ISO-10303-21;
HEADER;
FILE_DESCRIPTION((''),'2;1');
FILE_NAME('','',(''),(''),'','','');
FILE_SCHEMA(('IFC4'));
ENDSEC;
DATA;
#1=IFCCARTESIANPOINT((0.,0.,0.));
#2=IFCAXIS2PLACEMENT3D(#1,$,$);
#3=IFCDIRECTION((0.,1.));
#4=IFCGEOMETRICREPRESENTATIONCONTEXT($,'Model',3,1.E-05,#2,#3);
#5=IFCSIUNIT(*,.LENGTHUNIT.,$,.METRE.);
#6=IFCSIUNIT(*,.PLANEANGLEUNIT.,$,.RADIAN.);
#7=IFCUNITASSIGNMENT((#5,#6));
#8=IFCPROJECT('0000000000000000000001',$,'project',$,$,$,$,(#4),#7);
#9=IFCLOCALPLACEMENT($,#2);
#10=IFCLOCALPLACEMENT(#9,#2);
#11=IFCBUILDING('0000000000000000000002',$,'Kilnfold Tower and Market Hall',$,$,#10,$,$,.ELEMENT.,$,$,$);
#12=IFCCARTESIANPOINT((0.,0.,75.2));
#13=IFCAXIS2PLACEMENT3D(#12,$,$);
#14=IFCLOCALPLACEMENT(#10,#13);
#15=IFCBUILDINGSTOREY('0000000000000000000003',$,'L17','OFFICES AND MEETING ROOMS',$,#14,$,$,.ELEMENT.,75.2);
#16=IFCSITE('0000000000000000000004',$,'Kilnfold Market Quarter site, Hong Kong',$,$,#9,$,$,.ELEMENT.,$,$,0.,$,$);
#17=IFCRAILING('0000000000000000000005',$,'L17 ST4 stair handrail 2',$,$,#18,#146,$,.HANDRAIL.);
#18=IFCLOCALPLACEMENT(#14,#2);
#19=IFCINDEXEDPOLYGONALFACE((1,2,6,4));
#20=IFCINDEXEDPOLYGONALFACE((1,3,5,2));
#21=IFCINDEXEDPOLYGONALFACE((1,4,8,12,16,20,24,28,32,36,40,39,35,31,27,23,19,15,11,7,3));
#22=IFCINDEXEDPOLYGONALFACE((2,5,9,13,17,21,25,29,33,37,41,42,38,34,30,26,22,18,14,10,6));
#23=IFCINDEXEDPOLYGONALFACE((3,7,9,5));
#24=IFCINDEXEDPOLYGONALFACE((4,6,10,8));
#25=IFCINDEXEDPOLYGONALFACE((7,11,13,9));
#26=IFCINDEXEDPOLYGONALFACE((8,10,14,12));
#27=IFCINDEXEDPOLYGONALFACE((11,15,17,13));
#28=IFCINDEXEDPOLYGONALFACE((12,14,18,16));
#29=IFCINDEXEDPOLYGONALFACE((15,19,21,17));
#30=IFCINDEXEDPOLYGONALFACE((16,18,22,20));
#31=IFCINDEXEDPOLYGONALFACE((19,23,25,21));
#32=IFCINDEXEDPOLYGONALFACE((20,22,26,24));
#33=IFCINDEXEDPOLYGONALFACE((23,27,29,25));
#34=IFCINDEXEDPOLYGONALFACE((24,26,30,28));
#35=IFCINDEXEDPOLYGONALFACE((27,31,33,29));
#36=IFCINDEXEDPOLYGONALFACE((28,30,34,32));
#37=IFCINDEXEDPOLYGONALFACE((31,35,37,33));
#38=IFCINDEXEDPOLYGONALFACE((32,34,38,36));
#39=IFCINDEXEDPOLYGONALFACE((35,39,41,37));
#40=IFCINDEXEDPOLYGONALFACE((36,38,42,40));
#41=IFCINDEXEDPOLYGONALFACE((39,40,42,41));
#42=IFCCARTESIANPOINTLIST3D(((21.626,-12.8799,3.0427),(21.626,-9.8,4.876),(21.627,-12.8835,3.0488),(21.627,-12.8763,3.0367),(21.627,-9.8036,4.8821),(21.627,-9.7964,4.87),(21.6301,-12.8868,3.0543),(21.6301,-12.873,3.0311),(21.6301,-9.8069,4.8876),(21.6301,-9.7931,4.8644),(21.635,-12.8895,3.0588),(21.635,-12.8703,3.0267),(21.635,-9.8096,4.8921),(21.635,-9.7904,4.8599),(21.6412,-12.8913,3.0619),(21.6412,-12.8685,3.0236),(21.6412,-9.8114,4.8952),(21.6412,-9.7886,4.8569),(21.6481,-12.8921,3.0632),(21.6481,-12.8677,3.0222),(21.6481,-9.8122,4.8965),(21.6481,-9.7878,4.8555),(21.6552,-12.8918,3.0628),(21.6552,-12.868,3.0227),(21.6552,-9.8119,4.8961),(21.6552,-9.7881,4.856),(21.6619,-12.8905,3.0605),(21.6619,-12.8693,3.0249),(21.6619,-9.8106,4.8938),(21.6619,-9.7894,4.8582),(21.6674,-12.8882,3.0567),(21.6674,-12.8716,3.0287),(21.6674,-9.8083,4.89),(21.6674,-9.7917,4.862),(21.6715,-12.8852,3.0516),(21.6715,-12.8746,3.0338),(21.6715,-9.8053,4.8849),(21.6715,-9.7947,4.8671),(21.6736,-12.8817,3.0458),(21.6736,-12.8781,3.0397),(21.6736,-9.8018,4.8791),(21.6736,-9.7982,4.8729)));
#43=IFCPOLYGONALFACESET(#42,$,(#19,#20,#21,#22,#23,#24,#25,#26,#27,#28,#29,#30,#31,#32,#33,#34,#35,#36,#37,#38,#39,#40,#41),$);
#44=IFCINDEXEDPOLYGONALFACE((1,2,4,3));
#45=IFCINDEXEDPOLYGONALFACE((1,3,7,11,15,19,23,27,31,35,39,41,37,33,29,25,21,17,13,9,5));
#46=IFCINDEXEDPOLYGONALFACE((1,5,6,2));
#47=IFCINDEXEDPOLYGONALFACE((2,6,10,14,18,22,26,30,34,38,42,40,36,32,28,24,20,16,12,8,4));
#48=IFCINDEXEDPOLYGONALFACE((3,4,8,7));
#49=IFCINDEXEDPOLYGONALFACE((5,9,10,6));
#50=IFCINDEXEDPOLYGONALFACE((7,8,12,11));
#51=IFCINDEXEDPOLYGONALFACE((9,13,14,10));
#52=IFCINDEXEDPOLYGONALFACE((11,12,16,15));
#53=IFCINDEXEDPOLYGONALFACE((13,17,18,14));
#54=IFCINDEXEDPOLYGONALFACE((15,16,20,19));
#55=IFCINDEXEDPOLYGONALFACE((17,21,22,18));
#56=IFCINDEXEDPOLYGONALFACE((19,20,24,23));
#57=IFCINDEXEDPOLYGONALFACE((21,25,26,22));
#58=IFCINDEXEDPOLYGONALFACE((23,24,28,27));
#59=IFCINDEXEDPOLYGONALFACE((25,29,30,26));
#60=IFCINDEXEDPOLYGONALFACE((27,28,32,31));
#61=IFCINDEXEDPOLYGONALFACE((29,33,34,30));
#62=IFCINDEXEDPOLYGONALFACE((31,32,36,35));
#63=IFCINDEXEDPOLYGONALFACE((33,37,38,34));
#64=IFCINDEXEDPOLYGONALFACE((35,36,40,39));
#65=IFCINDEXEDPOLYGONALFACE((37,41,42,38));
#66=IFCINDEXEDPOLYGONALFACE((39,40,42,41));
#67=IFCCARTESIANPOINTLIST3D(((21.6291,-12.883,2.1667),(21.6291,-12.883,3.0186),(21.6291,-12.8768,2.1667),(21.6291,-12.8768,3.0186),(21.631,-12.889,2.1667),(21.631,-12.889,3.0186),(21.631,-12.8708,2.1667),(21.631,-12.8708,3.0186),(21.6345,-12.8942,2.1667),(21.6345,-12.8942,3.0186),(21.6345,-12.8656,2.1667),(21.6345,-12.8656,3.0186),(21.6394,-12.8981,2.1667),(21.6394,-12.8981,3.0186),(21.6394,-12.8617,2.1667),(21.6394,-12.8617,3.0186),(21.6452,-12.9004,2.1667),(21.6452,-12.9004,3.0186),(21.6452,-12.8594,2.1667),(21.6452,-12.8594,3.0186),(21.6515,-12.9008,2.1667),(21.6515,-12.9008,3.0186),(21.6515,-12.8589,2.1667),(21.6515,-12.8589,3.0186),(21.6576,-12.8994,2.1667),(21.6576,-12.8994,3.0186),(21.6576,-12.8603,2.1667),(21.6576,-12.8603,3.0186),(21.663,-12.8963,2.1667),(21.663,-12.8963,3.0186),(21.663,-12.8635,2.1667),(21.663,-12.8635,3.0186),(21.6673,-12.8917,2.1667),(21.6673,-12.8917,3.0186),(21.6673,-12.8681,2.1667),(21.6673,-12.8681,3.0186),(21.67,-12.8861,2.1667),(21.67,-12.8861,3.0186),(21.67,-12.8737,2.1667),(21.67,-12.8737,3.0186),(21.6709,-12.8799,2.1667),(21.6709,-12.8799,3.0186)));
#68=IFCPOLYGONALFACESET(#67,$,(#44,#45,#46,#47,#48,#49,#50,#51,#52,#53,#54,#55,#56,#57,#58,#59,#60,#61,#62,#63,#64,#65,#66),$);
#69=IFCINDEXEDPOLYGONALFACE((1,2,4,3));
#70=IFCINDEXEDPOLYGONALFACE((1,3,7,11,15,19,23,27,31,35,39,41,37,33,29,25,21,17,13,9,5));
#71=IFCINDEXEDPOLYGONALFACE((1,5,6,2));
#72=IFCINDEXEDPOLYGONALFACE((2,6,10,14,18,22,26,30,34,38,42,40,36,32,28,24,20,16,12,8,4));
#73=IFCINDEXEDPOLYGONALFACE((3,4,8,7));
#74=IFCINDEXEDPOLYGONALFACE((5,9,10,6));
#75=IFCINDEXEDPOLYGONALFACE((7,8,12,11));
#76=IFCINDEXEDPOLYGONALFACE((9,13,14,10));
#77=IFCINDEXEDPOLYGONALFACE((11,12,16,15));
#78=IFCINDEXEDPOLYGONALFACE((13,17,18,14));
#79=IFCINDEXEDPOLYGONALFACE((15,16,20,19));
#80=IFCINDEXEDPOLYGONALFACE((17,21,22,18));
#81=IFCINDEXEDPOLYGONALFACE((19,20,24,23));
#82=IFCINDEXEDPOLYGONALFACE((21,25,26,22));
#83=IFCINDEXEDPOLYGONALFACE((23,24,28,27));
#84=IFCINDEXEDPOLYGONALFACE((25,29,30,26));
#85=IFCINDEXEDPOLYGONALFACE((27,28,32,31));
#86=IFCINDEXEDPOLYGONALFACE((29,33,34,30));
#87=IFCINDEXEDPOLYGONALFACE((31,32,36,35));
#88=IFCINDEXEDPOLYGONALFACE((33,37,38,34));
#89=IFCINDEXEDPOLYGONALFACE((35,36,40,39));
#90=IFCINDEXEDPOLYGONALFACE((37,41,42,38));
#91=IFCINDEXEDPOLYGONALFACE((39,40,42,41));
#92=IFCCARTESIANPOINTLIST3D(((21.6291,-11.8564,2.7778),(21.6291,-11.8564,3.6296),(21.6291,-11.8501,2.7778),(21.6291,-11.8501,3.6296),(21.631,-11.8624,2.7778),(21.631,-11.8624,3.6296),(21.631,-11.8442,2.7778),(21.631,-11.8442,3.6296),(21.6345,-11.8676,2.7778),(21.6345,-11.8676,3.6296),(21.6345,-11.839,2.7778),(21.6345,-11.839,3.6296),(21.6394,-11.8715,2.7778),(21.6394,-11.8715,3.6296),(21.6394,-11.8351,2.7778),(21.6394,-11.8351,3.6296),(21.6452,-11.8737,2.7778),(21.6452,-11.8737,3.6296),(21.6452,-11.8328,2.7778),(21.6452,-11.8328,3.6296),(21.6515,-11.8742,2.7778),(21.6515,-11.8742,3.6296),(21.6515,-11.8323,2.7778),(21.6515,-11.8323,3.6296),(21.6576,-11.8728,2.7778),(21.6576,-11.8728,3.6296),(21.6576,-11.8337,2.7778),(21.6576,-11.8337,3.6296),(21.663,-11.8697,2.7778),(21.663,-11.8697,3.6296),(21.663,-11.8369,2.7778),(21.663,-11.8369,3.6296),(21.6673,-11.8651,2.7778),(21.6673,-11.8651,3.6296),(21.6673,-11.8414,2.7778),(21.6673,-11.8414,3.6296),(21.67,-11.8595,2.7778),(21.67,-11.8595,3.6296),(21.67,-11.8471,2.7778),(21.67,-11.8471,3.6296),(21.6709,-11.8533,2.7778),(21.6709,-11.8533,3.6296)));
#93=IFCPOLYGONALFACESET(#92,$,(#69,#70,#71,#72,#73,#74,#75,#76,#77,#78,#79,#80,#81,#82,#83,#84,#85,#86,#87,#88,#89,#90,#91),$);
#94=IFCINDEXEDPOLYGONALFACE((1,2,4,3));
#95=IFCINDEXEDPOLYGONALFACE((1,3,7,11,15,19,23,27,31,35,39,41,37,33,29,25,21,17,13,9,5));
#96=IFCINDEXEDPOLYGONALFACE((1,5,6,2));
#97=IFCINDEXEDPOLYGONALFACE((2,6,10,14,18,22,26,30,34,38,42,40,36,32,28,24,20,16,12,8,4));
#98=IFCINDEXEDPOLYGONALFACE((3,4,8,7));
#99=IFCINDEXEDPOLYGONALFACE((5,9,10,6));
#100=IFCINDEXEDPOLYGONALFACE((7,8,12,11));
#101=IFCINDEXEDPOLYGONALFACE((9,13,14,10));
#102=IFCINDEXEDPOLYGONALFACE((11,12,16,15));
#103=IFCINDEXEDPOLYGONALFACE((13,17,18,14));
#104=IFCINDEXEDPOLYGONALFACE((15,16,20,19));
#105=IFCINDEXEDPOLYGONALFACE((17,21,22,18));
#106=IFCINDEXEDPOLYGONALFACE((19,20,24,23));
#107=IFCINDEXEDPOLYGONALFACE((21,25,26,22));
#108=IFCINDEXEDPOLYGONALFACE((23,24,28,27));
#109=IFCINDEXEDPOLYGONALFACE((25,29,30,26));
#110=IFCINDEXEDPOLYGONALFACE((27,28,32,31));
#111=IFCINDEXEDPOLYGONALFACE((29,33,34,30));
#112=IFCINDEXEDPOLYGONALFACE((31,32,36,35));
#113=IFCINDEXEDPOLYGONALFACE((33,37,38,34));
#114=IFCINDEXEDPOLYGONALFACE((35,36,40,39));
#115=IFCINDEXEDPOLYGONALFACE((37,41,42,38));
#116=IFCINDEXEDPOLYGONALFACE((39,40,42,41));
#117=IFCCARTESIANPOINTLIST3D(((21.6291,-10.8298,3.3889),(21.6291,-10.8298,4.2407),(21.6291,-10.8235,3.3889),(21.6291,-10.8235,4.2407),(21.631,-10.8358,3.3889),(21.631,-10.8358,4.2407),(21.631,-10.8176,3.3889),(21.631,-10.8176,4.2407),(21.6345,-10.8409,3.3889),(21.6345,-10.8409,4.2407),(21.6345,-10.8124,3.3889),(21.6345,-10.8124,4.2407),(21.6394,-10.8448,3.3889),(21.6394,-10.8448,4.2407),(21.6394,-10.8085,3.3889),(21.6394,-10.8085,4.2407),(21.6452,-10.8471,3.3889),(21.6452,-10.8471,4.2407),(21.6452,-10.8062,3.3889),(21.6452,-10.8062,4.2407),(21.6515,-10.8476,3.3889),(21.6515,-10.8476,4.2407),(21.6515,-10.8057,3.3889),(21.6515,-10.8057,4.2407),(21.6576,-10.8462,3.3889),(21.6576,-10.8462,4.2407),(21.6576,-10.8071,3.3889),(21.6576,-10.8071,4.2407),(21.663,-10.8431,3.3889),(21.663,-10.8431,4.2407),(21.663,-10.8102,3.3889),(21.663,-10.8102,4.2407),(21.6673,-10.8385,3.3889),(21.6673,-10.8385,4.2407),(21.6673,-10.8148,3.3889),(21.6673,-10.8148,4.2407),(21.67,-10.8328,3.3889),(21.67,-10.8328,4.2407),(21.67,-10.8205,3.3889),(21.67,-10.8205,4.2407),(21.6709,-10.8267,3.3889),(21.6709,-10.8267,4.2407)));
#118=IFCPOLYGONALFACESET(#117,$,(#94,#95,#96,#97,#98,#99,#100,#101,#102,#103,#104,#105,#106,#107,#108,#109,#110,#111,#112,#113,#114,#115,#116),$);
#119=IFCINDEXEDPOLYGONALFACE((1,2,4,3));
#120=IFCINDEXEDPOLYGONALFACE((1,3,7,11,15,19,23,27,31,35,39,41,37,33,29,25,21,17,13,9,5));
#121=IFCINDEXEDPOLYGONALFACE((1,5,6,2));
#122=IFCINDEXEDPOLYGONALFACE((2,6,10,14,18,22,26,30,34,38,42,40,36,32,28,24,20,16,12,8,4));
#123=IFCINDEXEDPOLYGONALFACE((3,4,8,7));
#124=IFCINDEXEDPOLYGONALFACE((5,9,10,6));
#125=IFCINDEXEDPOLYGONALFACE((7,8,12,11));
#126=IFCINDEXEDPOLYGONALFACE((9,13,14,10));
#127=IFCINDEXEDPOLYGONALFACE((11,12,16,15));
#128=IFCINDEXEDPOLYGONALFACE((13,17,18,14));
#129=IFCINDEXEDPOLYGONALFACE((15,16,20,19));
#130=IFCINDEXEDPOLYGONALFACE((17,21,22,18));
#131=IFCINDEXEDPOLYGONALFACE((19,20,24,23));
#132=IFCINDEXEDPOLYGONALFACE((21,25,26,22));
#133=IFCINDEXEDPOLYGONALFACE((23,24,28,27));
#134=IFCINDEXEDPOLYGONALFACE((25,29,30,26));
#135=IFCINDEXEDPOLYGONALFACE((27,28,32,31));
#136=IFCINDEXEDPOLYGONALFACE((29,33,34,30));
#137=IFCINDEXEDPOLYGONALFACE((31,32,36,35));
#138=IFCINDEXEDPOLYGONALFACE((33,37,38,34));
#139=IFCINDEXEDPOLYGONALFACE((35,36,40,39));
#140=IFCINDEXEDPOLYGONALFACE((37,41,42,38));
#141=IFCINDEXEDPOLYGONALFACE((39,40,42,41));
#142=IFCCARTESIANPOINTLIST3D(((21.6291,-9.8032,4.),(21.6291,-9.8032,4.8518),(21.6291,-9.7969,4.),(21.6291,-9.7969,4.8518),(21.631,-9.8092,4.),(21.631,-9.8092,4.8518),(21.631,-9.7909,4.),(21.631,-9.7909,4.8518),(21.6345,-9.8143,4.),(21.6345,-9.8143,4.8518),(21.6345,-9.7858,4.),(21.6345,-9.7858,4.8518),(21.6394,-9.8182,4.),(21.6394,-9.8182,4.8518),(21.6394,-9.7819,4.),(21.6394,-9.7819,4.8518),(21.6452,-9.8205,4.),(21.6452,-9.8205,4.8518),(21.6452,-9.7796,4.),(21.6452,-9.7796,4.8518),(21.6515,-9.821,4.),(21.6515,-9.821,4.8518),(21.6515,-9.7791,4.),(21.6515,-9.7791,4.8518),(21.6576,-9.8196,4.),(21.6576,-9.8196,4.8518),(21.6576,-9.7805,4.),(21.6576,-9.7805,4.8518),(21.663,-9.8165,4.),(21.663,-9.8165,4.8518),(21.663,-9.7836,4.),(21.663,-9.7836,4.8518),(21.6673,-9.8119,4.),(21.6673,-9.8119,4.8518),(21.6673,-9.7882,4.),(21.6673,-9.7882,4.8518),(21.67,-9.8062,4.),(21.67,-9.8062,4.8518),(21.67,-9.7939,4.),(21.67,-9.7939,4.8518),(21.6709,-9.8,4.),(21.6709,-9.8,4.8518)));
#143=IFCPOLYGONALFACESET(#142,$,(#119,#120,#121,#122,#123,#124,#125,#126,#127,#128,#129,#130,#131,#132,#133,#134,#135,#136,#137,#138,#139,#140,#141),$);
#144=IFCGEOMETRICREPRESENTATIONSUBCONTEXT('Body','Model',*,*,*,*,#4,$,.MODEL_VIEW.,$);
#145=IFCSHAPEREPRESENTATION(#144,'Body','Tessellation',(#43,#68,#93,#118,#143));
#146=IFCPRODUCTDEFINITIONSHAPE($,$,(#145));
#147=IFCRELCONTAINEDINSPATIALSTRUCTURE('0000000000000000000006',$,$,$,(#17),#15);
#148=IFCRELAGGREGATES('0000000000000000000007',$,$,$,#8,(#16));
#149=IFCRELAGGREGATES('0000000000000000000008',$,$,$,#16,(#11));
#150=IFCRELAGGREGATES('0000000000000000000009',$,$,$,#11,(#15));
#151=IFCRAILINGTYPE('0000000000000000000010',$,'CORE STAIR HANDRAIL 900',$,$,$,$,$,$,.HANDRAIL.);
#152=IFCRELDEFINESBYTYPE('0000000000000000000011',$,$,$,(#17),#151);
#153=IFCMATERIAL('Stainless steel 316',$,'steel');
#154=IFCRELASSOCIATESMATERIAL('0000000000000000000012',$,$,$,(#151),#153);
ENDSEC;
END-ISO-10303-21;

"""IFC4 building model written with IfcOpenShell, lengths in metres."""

from ifc_helpers import new_model, si_unit, direction, frame, origin, origin_2d, place, context, subcontext, project, spatial, circle, extrude, material, type_object, element, save


model = new_model("IFC4")

# Units and contexts
model_context = context("Model", 3, precision=1e-05, world=origin(), true_north=direction((0.0, 1.0)))
body_context = subcontext(model_context, "Body", "Model", "MODEL_VIEW")
ifc_project = project(units=[si_unit("LENGTHUNIT", "METRE"), si_unit("PLANEANGLEUNIT", "RADIAN")], contexts=[model_context])

# Site, building, storey
site_placement = place(None, origin())
site = spatial("IfcSite", under=ifc_project, at=site_placement, Name="Kilnfold Market Quarter site, Hong Kong", CompositionType="ELEMENT", RefElevation=0.0)
building_placement = place(site_placement, origin())
building = spatial("IfcBuilding", under=site, at=building_placement, Name="Kilnfold Tower and Market Hall", CompositionType="ELEMENT")
storey_placement = place(building_placement, frame((0.0, 0.0, 75.2)))
storey = spatial("IfcBuildingStorey", under=building, at=storey_placement, Name="L17", Description="OFFICES AND MEETING ROOMS", CompositionType="ELEMENT", Elevation=75.2)

# Railing
ifc_material_1 = material(Name="Stainless steel 316", Category="steel")
railing_type_1 = type_object("IfcRailingType", Name="CORE STAIR HANDRAIL 900", PredefinedType="HANDRAIL", material=ifc_material_1)
railing_1_placement = place(storey_placement, frame((21.6499, -12.8799, 2.1667)))
element("IfcRailing", 1, at=railing_1_placement, inside=storey, type_object=railing_type_1, Name="L17 ST4 stair handrail 2", PredefinedType="HANDRAIL", context=body_context, shape_type="SweptSolid", body=[
    extrude(circle(Radius=0.0239, at=origin_2d()), frame((0.0, 0.0, 0.876), z_axis=(0.0, 0.859291, 0.511487), x_axis=(-1.0, 0.0, 0.0)), (0.0, 0.0, 1.0), 3.5842),
    extrude(circle(Radius=0.021, at=origin_2d()), origin(), (0.0, 0.0, 1.0), 0.8518),
    extrude(circle(Radius=0.021, at=origin_2d()), frame((0.0, 1.0266, 0.6111)), (0.0, 0.0, 1.0), 0.8518),
    extrude(circle(Radius=0.021, at=origin_2d()), frame((0.0, 2.0532, 1.2222)), (0.0, 0.0, 1.0), 0.8518),
    extrude(circle(Radius=0.021, at=origin_2d()), frame((0.0, 3.0798, 1.8333)), (0.0, 0.0, 1.0), 0.8518),
])

save(model, "model.ifc")
